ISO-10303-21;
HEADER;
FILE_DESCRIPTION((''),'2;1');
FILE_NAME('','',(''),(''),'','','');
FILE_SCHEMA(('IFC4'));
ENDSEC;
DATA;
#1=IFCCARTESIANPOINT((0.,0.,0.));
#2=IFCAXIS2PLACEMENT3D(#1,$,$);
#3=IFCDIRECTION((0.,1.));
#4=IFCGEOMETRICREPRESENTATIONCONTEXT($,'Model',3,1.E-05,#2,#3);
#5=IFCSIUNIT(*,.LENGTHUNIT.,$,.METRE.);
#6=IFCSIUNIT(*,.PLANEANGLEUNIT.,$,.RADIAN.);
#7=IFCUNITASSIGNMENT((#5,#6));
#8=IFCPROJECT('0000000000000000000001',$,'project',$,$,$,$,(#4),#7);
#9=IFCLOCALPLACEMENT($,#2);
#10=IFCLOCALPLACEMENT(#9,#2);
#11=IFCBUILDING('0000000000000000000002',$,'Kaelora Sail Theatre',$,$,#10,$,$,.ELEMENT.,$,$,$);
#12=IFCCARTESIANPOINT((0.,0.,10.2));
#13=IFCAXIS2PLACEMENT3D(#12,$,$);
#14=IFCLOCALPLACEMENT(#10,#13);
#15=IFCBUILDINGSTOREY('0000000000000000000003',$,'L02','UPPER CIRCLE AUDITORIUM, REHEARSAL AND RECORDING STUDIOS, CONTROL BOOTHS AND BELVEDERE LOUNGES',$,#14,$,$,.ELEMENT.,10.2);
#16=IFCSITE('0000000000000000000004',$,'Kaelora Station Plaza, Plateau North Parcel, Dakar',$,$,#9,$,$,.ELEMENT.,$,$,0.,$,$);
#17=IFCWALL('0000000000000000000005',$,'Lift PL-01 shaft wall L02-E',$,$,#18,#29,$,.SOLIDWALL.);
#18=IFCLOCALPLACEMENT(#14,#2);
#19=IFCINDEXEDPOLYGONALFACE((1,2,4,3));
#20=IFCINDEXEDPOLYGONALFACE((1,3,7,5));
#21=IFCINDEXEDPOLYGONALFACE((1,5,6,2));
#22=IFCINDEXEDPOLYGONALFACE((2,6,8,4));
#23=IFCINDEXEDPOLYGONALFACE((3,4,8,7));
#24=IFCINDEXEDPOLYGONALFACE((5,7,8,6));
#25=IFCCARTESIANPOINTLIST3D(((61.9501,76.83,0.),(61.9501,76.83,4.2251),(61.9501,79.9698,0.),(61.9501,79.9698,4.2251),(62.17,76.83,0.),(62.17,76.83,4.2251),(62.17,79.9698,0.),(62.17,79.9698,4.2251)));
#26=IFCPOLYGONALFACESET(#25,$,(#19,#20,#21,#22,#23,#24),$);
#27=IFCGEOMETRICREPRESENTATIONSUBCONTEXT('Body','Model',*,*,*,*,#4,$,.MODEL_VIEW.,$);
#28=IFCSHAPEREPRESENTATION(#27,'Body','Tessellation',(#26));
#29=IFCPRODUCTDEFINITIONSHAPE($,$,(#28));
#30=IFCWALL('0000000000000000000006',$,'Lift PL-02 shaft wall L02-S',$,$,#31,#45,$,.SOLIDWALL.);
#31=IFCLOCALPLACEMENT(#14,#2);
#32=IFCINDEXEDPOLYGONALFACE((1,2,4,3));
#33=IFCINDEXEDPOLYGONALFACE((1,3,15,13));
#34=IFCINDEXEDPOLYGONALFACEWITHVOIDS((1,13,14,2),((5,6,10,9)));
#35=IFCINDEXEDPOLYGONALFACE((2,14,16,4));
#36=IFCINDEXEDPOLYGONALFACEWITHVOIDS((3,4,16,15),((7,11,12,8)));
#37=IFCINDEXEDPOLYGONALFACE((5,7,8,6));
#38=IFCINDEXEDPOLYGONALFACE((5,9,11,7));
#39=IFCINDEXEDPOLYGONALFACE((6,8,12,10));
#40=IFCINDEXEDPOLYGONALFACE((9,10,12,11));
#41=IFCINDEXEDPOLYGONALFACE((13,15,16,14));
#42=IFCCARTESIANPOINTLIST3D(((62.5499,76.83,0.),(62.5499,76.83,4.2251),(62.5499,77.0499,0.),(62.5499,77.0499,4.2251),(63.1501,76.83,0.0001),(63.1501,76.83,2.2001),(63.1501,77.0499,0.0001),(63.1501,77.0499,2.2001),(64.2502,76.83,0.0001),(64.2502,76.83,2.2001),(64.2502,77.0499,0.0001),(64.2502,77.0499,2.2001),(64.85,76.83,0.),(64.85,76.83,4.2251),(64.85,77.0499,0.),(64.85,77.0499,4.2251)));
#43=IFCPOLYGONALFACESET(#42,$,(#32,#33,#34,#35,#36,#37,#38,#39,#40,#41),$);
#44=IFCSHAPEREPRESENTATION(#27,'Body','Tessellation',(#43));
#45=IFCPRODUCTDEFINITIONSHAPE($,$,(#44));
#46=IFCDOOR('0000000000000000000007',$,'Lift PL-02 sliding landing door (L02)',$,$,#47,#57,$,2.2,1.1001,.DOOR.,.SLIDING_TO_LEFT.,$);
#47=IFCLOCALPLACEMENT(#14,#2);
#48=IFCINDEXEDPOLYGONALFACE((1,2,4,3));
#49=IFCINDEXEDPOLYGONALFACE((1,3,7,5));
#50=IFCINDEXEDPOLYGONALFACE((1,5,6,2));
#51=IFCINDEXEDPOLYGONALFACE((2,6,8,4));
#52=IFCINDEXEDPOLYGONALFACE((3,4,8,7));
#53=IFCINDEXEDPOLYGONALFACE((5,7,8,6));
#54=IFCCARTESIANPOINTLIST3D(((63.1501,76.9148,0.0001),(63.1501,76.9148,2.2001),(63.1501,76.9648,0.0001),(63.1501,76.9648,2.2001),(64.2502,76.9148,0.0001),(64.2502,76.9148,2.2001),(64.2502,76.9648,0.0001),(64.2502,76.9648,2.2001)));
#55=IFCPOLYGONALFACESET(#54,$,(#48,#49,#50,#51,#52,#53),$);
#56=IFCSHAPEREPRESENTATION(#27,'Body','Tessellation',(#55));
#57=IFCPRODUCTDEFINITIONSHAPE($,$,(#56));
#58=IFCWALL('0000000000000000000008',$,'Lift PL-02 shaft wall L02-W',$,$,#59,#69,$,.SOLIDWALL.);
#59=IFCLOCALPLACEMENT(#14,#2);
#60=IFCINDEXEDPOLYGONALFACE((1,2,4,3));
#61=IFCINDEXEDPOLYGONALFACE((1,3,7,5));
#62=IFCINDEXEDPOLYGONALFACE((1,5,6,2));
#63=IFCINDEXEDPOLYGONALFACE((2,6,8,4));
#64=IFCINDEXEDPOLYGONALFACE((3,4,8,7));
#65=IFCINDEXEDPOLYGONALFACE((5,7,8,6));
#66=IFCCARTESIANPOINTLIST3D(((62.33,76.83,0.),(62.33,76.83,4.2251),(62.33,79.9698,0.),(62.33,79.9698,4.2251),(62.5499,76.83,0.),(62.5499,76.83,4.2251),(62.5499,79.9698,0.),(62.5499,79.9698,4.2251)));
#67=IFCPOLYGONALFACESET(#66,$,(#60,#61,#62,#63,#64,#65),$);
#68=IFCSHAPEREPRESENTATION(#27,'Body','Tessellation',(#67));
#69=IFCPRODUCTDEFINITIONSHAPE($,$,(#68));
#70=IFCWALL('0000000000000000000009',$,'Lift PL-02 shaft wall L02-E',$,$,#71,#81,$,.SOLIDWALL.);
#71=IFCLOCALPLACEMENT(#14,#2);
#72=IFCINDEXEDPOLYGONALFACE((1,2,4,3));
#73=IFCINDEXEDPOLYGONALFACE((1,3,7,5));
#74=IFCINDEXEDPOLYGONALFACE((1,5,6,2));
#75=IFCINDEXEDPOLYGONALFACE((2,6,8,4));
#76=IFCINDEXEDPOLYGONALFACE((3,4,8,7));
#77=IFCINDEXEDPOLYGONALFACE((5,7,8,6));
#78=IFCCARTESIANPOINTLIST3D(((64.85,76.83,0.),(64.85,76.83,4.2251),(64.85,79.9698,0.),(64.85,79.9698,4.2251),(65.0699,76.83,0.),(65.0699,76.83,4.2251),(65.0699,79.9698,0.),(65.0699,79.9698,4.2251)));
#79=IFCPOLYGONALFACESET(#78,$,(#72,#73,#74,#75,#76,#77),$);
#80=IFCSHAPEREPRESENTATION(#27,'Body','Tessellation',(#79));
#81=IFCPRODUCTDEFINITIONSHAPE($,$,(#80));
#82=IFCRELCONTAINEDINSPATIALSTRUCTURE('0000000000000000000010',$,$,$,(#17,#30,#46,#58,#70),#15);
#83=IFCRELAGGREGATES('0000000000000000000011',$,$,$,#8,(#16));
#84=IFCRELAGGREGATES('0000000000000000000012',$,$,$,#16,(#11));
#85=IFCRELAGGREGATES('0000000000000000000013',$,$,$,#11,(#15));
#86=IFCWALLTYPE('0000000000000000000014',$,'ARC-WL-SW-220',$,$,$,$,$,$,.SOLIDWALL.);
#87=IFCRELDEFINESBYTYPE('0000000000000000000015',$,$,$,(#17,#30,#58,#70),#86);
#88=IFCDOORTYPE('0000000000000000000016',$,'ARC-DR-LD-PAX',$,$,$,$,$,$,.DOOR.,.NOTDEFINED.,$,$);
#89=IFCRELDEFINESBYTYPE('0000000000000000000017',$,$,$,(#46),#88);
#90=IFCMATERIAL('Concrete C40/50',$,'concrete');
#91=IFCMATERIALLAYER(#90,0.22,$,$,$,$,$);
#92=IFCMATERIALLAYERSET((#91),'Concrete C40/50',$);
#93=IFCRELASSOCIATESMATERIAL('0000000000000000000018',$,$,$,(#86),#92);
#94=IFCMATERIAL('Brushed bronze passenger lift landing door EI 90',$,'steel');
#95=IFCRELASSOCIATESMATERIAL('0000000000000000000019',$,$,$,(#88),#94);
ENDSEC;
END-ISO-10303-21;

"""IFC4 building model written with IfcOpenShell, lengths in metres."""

from ifc_helpers import new_model, si_unit, direction, frame, frame_2d, origin, place, context, subcontext, project, spatial, rectangle, extrude, material, layer, layer_set, type_object, element, fill, save


model = new_model("IFC4")

# Units and contexts
model_context = context("Model", 3, precision=1e-05, world=origin(), true_north=direction((0.0, 1.0)))
body_context = subcontext(model_context, "Body", "Model", "MODEL_VIEW")
ifc_project = project(units=[si_unit("LENGTHUNIT", "METRE"), si_unit("PLANEANGLEUNIT", "RADIAN")], contexts=[model_context])

# Site, building, storey
site_placement = place(None, origin())
site = spatial("IfcSite", under=ifc_project, at=site_placement, Name="Kaelora Station Plaza, Plateau North Parcel, Dakar", CompositionType="ELEMENT", RefElevation=0.0)
building_placement = place(site_placement, origin())
building = spatial("IfcBuilding", under=site, at=building_placement, Name="Kaelora Sail Theatre", CompositionType="ELEMENT")
storey_placement = place(building_placement, frame((0.0, 0.0, 10.2)))
storey = spatial("IfcBuildingStorey", under=building, at=storey_placement, Name="L02", Description="UPPER CIRCLE AUDITORIUM, REHEARSAL AND RECORDING STUDIOS, CONTROL BOOTHS AND BELVEDERE LOUNGES", CompositionType="ELEMENT", Elevation=10.2)

# Shared definitions
ifc_material_1 = material(Name="Concrete C40/50", Category="concrete")
ifc_layer_1 = layer(ifc_material_1, 0.22)
ifc_layer_set_1 = layer_set([ifc_layer_1], Name="Concrete C40/50")
wall_type_1 = type_object("IfcWallType", Name="ARC-WL-SW-220", PredefinedType="SOLIDWALL", material=ifc_layer_set_1)
ifc_material_2 = material(Name="Brushed bronze passenger lift landing door EI 90", Category="steel")
door_type_1 = type_object("IfcDoorType", Name="ARC-DR-LD-PAX", OperationType="NOTDEFINED", PredefinedType="DOOR", material=ifc_material_2)

# Wall
for number, where, z_axis, x_axis, name in (
    (1, (62.0601, 76.8301, 0.0), (0.0, 0.0, 1.0), (0.0, 1.0, 0.0), "Lift PL-01 shaft wall L02-E"),
):
    element("IfcWall", number, at=place(storey_placement, frame(where, z_axis=z_axis, x_axis=x_axis)), inside=storey, type_object=wall_type_1, Name=name, PredefinedType="SOLIDWALL", context=body_context, shape_type="SweptSolid", body=[
        extrude(rectangle(XDim=3.1399, YDim=0.22, at=frame_2d((1.5698, 0.0))), origin(), (0.0, 0.0, 1.0), 4.2251),
    ])

# Wall, opening, door
wall_1_placement = place(storey_placement, frame((62.55, 76.9399, 0.0), z_axis=(0.0, 0.0, 1.0), x_axis=(1.0, 0.0, 0.0)))
wall_1 = element("IfcWall", 2, at=wall_1_placement, inside=storey, type_object=wall_type_1, Name="Lift PL-02 shaft wall L02-S", PredefinedType="SOLIDWALL", context=body_context, shape_type="SweptSolid", body=[
    extrude(rectangle(XDim=2.3, YDim=0.22, at=frame_2d((1.1499, 0.0))), origin(), (0.0, 0.0, 1.0), 4.2251),
])
opening_1_placement = place(wall_1_placement, frame((0.6001, 0.0, 0.0)))
opening_1 = element("IfcOpeningElement", 3, at=opening_1_placement, cuts=wall_1, PredefinedType="OPENING", context=body_context, shape_type="SweptSolid", body=[
    extrude(rectangle(XDim=1.1001, YDim=2.2, at=frame_2d((0.55, 1.1001))), frame((0.0, 0.1199, 0.0), z_axis=(0.0, -1.0, 0.0), x_axis=(1.0, 0.0, 0.0)), (0.0, 0.0, 1.0), 0.24),
])
door_1_placement = place(opening_1_placement, origin())
door_1 = element("IfcDoor", 4, at=door_1_placement, inside=storey, type_object=door_type_1, Name="Lift PL-02 sliding landing door (L02)", OperationType="SLIDING_TO_LEFT", OverallHeight=2.2, OverallWidth=1.1001, PredefinedType="DOOR", context=body_context, shape_type="SweptSolid", body=[
    extrude(rectangle(XDim=1.1001, YDim=2.2, at=frame_2d((0.55, 1.1001))), frame((0.0, 0.0249, 0.0), z_axis=(0.0, -1.0, 0.0), x_axis=(1.0, 0.0, 0.0)), (0.0, 0.0, 1.0), 0.05),
])
fill(opening_1, door_1)

# Walls
for number, where, z_axis, x_axis, name in (
    (5, (62.4399, 76.8301, 0.0), (0.0, 0.0, 1.0), (0.0, 1.0, 0.0), "Lift PL-02 shaft wall L02-W"),
    (6, (64.96, 76.8301, 0.0), (0.0, 0.0, 1.0), (0.0, 1.0, 0.0), "Lift PL-02 shaft wall L02-E"),
):
    element("IfcWall", number, at=place(storey_placement, frame(where, z_axis=z_axis, x_axis=x_axis)), inside=storey, type_object=wall_type_1, Name=name, PredefinedType="SOLIDWALL", context=body_context, shape_type="SweptSolid", body=[
        extrude(rectangle(XDim=3.1399, YDim=0.22, at=frame_2d((1.5698, 0.0))), origin(), (0.0, 0.0, 1.0), 4.2251),
    ])

save(model, "model.ifc")
